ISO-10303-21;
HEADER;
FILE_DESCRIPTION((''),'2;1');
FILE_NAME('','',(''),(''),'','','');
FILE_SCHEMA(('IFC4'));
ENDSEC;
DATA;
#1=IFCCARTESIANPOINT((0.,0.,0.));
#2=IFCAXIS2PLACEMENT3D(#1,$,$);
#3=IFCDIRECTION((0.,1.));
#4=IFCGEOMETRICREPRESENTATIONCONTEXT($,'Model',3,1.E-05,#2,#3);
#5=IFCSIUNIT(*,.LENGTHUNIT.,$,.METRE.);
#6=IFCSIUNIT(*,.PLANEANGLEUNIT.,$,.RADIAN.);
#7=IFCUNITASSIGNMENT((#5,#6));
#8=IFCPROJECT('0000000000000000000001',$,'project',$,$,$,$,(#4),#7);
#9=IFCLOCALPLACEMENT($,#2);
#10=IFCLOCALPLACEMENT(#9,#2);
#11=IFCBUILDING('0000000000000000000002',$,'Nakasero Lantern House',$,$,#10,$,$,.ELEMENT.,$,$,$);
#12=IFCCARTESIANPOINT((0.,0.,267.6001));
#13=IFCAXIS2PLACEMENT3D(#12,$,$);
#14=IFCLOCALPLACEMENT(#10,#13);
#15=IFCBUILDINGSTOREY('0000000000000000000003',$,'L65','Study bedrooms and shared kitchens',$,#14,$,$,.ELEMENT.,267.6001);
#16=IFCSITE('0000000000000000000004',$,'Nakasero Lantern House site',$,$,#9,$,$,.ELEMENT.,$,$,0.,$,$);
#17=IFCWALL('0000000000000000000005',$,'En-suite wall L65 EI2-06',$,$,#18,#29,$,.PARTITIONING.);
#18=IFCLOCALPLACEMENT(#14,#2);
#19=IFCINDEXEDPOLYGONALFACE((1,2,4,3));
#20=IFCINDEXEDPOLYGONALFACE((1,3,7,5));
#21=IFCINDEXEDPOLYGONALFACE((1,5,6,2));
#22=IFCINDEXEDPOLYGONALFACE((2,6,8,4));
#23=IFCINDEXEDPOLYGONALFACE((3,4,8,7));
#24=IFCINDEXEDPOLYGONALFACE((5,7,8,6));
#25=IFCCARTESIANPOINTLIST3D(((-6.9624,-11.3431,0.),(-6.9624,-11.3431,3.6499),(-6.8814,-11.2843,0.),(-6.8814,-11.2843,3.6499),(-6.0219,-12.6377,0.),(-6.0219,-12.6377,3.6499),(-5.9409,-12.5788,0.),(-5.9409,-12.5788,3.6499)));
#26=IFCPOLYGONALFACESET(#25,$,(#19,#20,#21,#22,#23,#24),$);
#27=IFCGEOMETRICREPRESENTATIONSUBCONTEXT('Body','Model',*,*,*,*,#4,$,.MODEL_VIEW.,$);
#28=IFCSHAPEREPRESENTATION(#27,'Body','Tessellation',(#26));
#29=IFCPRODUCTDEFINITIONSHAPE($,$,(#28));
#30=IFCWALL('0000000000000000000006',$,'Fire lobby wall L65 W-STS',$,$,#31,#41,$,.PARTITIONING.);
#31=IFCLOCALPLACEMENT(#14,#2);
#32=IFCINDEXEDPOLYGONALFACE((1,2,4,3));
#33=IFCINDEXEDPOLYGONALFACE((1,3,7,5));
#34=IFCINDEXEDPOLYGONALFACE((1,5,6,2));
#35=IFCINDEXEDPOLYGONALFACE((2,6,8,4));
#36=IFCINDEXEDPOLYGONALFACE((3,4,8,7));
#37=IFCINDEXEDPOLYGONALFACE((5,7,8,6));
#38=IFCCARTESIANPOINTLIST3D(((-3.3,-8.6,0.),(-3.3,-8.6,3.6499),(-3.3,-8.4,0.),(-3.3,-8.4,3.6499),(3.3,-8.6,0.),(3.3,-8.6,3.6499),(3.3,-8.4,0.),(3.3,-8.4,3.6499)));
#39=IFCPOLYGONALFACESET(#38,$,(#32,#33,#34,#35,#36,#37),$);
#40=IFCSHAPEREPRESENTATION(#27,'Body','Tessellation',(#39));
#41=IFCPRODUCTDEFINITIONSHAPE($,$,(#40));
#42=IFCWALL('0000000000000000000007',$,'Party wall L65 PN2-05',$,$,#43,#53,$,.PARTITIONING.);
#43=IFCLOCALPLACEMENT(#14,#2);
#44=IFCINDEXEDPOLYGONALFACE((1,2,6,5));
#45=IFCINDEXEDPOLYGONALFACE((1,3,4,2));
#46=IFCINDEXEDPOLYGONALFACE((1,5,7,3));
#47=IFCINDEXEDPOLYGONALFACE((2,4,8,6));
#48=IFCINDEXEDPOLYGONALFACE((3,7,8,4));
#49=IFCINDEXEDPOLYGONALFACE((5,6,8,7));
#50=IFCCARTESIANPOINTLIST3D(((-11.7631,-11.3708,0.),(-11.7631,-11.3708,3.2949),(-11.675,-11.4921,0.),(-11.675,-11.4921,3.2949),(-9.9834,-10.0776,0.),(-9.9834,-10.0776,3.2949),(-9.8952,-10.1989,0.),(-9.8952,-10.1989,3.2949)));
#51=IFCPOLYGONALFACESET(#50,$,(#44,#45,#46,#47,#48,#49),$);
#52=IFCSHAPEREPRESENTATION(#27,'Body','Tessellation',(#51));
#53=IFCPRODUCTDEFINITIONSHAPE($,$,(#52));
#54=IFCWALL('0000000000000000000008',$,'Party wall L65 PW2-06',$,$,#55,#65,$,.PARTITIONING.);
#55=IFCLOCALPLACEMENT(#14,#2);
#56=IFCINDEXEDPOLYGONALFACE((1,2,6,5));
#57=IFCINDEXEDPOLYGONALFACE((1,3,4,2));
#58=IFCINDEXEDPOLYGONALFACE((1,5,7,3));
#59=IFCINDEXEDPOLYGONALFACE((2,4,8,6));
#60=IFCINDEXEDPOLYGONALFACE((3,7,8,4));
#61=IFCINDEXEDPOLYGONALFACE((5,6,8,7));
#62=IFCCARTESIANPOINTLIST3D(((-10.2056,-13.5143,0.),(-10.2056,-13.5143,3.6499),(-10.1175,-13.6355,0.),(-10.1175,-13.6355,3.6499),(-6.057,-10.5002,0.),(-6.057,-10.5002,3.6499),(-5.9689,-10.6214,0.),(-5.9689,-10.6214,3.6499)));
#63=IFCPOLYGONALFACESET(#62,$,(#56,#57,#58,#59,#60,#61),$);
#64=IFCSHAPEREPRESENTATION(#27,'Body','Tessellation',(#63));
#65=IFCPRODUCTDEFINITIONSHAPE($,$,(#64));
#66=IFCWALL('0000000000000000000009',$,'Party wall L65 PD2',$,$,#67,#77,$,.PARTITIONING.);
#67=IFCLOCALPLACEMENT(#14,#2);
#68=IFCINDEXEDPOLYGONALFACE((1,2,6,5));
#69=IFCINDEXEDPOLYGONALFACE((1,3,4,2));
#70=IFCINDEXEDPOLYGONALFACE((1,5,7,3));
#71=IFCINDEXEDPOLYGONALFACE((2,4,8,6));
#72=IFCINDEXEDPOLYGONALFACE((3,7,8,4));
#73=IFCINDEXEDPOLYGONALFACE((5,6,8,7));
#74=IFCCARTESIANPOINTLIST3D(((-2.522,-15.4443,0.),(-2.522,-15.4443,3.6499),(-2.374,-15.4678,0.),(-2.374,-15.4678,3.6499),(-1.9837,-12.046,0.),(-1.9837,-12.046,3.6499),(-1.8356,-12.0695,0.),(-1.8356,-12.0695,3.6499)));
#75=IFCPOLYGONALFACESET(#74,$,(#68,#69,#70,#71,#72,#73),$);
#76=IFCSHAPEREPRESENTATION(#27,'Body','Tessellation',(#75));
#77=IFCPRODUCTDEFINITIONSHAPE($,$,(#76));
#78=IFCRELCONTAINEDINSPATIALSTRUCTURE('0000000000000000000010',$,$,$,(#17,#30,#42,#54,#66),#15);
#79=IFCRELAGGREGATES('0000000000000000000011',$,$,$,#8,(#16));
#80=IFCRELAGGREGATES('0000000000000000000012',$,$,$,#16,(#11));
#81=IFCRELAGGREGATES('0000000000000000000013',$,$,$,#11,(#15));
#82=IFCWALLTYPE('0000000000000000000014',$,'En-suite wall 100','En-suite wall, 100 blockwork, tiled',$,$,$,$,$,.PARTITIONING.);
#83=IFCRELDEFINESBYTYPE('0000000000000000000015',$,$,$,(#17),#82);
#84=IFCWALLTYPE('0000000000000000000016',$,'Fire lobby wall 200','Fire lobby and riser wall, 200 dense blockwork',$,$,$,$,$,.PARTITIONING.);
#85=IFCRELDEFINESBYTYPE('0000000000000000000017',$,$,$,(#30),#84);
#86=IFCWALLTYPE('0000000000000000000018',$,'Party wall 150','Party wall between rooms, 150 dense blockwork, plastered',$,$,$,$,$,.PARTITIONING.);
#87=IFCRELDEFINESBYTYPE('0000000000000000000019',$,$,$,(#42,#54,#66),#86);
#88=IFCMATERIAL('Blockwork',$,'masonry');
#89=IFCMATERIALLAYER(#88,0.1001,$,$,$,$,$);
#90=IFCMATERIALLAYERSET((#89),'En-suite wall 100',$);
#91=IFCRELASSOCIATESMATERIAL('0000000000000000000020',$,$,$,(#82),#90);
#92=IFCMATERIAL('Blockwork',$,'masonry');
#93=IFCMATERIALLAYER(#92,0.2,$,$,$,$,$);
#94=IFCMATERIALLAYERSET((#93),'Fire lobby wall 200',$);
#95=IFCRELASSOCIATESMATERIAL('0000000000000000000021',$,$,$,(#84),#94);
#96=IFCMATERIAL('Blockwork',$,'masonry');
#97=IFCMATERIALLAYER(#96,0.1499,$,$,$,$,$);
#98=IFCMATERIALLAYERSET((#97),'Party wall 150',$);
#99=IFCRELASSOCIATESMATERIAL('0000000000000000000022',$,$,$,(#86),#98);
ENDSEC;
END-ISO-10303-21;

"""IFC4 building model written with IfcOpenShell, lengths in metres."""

from ifc_helpers import new_model, si_unit, direction, frame, frame_2d, origin, place, context, subcontext, project, spatial, rectangle, extrude, material, layer, layer_set, type_object, element, save


model = new_model("IFC4")

# Units and contexts
model_context = context("Model", 3, precision=1e-05, world=origin(), true_north=direction((0.0, 1.0)))
body_context = subcontext(model_context, "Body", "Model", "MODEL_VIEW")
ifc_project = project(units=[si_unit("LENGTHUNIT", "METRE"), si_unit("PLANEANGLEUNIT", "RADIAN")], contexts=[model_context])

# Site, building, storey
site_placement = place(None, origin())
site = spatial("IfcSite", under=ifc_project, at=site_placement, Name="Nakasero Lantern House site", CompositionType="ELEMENT", RefElevation=0.0)
building_placement = place(site_placement, origin())
building = spatial("IfcBuilding", under=site, at=building_placement, Name="Nakasero Lantern House", CompositionType="ELEMENT")
storey_placement = place(building_placement, frame((0.0, 0.0, 267.6001)))
storey = spatial("IfcBuildingStorey", under=building, at=storey_placement, Name="L65", Description="Study bedrooms and shared kitchens", CompositionType="ELEMENT", Elevation=267.6001)

# Shared definitions
ifc_material_1 = material(Name="Blockwork", Category="masonry")
ifc_layer_1 = layer(ifc_material_1, 0.1001)
ifc_layer_set_1 = layer_set([ifc_layer_1], Name="En-suite wall 100")
wall_type_1 = type_object("IfcWallType", Name="En-suite wall 100", Description="En-suite wall, 100 blockwork, tiled", PredefinedType="PARTITIONING", material=ifc_layer_set_1)

# Walls
wall_1_placement = place(storey_placement, frame((-6.9219, -11.3137, 0.0), z_axis=(0.0, 0.0, 1.0), x_axis=(0.587772, -0.809026, 0.0)))
element("IfcWall", 1, at=wall_1_placement, inside=storey, type_object=wall_type_1, Name="En-suite wall L65 EI2-06", PredefinedType="PARTITIONING", context=body_context, shape_type="SweptSolid", body=[
    extrude(rectangle(XDim=1.6001, YDim=0.1001, at=frame_2d((0.8, 0.0))), origin(), (0.0, 0.0, 1.0), 3.6499),
])
ifc_material_2 = material(Name="Blockwork", Category="masonry")
ifc_layer_2 = layer(ifc_material_2, 0.2)
ifc_layer_set_2 = layer_set([ifc_layer_2], Name="Fire lobby wall 200")
wall_type_2 = type_object("IfcWallType", Name="Fire lobby wall 200", Description="Fire lobby and riser wall, 200 dense blockwork", PredefinedType="PARTITIONING", material=ifc_layer_set_2)
wall_2_placement = place(storey_placement, frame((-3.3, -8.5, 0.0), z_axis=(0.0, 0.0, 1.0), x_axis=(1.0, 0.0, 0.0)))
element("IfcWall", 2, at=wall_2_placement, inside=storey, type_object=wall_type_2, Name="Fire lobby wall L65 W-STS", PredefinedType="PARTITIONING", context=body_context, shape_type="SweptSolid", body=[
    extrude(rectangle(XDim=6.6001, YDim=0.2, at=frame_2d((3.3, 0.0))), origin(), (0.0, 0.0, 1.0), 3.6499),
])
ifc_material_3 = material(Name="Blockwork", Category="masonry")
ifc_layer_3 = layer(ifc_material_3, 0.1499)
ifc_layer_set_3 = layer_set([ifc_layer_3], Name="Party wall 150")
wall_type_3 = type_object("IfcWallType", Name="Party wall 150", Description="Party wall between rooms, 150 dense blockwork, plastered", PredefinedType="PARTITIONING", material=ifc_layer_set_3)
wall_3_placement = place(storey_placement, frame((-9.9392, -10.1382, 0.0), z_axis=(0.0, 0.0, 1.0), x_axis=(-0.80899, -0.587822, 0.0)))
element("IfcWall", 3, at=wall_3_placement, inside=storey, type_object=wall_type_3, Name="Party wall L65 PN2-05", PredefinedType="PARTITIONING", context=body_context, shape_type="SweptSolid", body=[
    extrude(rectangle(XDim=2.2, YDim=0.1499, at=frame_2d((1.1001, 0.0))), origin(), (0.0, 0.0, 1.0), 3.2949),
])
wall_4_placement = place(storey_placement, frame((-6.0129, -10.5608, 0.0), z_axis=(0.0, 0.0, 1.0), x_axis=(-0.80902, -0.587781, 0.0)))
element("IfcWall", 4, at=wall_4_placement, inside=storey, type_object=wall_type_3, Name="Party wall L65 PW2-06", PredefinedType="PARTITIONING", context=body_context, shape_type="SweptSolid", body=[
    extrude(rectangle(XDim=5.1279, YDim=0.1499, at=frame_2d((2.564, 0.0))), origin(), (0.0, 0.0, 1.0), 3.6499),
])
wall_5_placement = place(storey_placement, frame((-1.9097, -12.0579, 0.0), z_axis=(0.0, 0.0, 1.0), x_axis=(-0.156465, -0.987683, 0.0)))
element("IfcWall", 5, at=wall_5_placement, inside=storey, type_object=wall_type_3, Name="Party wall L65 PD2", PredefinedType="PARTITIONING", context=body_context, shape_type="SweptSolid", body=[
    extrude(rectangle(XDim=3.4407, YDim=0.1499, at=frame_2d((1.7202, 0.0))), origin(), (0.0, 0.0, 1.0), 3.6499),
])

save(model, "model.ifc")
